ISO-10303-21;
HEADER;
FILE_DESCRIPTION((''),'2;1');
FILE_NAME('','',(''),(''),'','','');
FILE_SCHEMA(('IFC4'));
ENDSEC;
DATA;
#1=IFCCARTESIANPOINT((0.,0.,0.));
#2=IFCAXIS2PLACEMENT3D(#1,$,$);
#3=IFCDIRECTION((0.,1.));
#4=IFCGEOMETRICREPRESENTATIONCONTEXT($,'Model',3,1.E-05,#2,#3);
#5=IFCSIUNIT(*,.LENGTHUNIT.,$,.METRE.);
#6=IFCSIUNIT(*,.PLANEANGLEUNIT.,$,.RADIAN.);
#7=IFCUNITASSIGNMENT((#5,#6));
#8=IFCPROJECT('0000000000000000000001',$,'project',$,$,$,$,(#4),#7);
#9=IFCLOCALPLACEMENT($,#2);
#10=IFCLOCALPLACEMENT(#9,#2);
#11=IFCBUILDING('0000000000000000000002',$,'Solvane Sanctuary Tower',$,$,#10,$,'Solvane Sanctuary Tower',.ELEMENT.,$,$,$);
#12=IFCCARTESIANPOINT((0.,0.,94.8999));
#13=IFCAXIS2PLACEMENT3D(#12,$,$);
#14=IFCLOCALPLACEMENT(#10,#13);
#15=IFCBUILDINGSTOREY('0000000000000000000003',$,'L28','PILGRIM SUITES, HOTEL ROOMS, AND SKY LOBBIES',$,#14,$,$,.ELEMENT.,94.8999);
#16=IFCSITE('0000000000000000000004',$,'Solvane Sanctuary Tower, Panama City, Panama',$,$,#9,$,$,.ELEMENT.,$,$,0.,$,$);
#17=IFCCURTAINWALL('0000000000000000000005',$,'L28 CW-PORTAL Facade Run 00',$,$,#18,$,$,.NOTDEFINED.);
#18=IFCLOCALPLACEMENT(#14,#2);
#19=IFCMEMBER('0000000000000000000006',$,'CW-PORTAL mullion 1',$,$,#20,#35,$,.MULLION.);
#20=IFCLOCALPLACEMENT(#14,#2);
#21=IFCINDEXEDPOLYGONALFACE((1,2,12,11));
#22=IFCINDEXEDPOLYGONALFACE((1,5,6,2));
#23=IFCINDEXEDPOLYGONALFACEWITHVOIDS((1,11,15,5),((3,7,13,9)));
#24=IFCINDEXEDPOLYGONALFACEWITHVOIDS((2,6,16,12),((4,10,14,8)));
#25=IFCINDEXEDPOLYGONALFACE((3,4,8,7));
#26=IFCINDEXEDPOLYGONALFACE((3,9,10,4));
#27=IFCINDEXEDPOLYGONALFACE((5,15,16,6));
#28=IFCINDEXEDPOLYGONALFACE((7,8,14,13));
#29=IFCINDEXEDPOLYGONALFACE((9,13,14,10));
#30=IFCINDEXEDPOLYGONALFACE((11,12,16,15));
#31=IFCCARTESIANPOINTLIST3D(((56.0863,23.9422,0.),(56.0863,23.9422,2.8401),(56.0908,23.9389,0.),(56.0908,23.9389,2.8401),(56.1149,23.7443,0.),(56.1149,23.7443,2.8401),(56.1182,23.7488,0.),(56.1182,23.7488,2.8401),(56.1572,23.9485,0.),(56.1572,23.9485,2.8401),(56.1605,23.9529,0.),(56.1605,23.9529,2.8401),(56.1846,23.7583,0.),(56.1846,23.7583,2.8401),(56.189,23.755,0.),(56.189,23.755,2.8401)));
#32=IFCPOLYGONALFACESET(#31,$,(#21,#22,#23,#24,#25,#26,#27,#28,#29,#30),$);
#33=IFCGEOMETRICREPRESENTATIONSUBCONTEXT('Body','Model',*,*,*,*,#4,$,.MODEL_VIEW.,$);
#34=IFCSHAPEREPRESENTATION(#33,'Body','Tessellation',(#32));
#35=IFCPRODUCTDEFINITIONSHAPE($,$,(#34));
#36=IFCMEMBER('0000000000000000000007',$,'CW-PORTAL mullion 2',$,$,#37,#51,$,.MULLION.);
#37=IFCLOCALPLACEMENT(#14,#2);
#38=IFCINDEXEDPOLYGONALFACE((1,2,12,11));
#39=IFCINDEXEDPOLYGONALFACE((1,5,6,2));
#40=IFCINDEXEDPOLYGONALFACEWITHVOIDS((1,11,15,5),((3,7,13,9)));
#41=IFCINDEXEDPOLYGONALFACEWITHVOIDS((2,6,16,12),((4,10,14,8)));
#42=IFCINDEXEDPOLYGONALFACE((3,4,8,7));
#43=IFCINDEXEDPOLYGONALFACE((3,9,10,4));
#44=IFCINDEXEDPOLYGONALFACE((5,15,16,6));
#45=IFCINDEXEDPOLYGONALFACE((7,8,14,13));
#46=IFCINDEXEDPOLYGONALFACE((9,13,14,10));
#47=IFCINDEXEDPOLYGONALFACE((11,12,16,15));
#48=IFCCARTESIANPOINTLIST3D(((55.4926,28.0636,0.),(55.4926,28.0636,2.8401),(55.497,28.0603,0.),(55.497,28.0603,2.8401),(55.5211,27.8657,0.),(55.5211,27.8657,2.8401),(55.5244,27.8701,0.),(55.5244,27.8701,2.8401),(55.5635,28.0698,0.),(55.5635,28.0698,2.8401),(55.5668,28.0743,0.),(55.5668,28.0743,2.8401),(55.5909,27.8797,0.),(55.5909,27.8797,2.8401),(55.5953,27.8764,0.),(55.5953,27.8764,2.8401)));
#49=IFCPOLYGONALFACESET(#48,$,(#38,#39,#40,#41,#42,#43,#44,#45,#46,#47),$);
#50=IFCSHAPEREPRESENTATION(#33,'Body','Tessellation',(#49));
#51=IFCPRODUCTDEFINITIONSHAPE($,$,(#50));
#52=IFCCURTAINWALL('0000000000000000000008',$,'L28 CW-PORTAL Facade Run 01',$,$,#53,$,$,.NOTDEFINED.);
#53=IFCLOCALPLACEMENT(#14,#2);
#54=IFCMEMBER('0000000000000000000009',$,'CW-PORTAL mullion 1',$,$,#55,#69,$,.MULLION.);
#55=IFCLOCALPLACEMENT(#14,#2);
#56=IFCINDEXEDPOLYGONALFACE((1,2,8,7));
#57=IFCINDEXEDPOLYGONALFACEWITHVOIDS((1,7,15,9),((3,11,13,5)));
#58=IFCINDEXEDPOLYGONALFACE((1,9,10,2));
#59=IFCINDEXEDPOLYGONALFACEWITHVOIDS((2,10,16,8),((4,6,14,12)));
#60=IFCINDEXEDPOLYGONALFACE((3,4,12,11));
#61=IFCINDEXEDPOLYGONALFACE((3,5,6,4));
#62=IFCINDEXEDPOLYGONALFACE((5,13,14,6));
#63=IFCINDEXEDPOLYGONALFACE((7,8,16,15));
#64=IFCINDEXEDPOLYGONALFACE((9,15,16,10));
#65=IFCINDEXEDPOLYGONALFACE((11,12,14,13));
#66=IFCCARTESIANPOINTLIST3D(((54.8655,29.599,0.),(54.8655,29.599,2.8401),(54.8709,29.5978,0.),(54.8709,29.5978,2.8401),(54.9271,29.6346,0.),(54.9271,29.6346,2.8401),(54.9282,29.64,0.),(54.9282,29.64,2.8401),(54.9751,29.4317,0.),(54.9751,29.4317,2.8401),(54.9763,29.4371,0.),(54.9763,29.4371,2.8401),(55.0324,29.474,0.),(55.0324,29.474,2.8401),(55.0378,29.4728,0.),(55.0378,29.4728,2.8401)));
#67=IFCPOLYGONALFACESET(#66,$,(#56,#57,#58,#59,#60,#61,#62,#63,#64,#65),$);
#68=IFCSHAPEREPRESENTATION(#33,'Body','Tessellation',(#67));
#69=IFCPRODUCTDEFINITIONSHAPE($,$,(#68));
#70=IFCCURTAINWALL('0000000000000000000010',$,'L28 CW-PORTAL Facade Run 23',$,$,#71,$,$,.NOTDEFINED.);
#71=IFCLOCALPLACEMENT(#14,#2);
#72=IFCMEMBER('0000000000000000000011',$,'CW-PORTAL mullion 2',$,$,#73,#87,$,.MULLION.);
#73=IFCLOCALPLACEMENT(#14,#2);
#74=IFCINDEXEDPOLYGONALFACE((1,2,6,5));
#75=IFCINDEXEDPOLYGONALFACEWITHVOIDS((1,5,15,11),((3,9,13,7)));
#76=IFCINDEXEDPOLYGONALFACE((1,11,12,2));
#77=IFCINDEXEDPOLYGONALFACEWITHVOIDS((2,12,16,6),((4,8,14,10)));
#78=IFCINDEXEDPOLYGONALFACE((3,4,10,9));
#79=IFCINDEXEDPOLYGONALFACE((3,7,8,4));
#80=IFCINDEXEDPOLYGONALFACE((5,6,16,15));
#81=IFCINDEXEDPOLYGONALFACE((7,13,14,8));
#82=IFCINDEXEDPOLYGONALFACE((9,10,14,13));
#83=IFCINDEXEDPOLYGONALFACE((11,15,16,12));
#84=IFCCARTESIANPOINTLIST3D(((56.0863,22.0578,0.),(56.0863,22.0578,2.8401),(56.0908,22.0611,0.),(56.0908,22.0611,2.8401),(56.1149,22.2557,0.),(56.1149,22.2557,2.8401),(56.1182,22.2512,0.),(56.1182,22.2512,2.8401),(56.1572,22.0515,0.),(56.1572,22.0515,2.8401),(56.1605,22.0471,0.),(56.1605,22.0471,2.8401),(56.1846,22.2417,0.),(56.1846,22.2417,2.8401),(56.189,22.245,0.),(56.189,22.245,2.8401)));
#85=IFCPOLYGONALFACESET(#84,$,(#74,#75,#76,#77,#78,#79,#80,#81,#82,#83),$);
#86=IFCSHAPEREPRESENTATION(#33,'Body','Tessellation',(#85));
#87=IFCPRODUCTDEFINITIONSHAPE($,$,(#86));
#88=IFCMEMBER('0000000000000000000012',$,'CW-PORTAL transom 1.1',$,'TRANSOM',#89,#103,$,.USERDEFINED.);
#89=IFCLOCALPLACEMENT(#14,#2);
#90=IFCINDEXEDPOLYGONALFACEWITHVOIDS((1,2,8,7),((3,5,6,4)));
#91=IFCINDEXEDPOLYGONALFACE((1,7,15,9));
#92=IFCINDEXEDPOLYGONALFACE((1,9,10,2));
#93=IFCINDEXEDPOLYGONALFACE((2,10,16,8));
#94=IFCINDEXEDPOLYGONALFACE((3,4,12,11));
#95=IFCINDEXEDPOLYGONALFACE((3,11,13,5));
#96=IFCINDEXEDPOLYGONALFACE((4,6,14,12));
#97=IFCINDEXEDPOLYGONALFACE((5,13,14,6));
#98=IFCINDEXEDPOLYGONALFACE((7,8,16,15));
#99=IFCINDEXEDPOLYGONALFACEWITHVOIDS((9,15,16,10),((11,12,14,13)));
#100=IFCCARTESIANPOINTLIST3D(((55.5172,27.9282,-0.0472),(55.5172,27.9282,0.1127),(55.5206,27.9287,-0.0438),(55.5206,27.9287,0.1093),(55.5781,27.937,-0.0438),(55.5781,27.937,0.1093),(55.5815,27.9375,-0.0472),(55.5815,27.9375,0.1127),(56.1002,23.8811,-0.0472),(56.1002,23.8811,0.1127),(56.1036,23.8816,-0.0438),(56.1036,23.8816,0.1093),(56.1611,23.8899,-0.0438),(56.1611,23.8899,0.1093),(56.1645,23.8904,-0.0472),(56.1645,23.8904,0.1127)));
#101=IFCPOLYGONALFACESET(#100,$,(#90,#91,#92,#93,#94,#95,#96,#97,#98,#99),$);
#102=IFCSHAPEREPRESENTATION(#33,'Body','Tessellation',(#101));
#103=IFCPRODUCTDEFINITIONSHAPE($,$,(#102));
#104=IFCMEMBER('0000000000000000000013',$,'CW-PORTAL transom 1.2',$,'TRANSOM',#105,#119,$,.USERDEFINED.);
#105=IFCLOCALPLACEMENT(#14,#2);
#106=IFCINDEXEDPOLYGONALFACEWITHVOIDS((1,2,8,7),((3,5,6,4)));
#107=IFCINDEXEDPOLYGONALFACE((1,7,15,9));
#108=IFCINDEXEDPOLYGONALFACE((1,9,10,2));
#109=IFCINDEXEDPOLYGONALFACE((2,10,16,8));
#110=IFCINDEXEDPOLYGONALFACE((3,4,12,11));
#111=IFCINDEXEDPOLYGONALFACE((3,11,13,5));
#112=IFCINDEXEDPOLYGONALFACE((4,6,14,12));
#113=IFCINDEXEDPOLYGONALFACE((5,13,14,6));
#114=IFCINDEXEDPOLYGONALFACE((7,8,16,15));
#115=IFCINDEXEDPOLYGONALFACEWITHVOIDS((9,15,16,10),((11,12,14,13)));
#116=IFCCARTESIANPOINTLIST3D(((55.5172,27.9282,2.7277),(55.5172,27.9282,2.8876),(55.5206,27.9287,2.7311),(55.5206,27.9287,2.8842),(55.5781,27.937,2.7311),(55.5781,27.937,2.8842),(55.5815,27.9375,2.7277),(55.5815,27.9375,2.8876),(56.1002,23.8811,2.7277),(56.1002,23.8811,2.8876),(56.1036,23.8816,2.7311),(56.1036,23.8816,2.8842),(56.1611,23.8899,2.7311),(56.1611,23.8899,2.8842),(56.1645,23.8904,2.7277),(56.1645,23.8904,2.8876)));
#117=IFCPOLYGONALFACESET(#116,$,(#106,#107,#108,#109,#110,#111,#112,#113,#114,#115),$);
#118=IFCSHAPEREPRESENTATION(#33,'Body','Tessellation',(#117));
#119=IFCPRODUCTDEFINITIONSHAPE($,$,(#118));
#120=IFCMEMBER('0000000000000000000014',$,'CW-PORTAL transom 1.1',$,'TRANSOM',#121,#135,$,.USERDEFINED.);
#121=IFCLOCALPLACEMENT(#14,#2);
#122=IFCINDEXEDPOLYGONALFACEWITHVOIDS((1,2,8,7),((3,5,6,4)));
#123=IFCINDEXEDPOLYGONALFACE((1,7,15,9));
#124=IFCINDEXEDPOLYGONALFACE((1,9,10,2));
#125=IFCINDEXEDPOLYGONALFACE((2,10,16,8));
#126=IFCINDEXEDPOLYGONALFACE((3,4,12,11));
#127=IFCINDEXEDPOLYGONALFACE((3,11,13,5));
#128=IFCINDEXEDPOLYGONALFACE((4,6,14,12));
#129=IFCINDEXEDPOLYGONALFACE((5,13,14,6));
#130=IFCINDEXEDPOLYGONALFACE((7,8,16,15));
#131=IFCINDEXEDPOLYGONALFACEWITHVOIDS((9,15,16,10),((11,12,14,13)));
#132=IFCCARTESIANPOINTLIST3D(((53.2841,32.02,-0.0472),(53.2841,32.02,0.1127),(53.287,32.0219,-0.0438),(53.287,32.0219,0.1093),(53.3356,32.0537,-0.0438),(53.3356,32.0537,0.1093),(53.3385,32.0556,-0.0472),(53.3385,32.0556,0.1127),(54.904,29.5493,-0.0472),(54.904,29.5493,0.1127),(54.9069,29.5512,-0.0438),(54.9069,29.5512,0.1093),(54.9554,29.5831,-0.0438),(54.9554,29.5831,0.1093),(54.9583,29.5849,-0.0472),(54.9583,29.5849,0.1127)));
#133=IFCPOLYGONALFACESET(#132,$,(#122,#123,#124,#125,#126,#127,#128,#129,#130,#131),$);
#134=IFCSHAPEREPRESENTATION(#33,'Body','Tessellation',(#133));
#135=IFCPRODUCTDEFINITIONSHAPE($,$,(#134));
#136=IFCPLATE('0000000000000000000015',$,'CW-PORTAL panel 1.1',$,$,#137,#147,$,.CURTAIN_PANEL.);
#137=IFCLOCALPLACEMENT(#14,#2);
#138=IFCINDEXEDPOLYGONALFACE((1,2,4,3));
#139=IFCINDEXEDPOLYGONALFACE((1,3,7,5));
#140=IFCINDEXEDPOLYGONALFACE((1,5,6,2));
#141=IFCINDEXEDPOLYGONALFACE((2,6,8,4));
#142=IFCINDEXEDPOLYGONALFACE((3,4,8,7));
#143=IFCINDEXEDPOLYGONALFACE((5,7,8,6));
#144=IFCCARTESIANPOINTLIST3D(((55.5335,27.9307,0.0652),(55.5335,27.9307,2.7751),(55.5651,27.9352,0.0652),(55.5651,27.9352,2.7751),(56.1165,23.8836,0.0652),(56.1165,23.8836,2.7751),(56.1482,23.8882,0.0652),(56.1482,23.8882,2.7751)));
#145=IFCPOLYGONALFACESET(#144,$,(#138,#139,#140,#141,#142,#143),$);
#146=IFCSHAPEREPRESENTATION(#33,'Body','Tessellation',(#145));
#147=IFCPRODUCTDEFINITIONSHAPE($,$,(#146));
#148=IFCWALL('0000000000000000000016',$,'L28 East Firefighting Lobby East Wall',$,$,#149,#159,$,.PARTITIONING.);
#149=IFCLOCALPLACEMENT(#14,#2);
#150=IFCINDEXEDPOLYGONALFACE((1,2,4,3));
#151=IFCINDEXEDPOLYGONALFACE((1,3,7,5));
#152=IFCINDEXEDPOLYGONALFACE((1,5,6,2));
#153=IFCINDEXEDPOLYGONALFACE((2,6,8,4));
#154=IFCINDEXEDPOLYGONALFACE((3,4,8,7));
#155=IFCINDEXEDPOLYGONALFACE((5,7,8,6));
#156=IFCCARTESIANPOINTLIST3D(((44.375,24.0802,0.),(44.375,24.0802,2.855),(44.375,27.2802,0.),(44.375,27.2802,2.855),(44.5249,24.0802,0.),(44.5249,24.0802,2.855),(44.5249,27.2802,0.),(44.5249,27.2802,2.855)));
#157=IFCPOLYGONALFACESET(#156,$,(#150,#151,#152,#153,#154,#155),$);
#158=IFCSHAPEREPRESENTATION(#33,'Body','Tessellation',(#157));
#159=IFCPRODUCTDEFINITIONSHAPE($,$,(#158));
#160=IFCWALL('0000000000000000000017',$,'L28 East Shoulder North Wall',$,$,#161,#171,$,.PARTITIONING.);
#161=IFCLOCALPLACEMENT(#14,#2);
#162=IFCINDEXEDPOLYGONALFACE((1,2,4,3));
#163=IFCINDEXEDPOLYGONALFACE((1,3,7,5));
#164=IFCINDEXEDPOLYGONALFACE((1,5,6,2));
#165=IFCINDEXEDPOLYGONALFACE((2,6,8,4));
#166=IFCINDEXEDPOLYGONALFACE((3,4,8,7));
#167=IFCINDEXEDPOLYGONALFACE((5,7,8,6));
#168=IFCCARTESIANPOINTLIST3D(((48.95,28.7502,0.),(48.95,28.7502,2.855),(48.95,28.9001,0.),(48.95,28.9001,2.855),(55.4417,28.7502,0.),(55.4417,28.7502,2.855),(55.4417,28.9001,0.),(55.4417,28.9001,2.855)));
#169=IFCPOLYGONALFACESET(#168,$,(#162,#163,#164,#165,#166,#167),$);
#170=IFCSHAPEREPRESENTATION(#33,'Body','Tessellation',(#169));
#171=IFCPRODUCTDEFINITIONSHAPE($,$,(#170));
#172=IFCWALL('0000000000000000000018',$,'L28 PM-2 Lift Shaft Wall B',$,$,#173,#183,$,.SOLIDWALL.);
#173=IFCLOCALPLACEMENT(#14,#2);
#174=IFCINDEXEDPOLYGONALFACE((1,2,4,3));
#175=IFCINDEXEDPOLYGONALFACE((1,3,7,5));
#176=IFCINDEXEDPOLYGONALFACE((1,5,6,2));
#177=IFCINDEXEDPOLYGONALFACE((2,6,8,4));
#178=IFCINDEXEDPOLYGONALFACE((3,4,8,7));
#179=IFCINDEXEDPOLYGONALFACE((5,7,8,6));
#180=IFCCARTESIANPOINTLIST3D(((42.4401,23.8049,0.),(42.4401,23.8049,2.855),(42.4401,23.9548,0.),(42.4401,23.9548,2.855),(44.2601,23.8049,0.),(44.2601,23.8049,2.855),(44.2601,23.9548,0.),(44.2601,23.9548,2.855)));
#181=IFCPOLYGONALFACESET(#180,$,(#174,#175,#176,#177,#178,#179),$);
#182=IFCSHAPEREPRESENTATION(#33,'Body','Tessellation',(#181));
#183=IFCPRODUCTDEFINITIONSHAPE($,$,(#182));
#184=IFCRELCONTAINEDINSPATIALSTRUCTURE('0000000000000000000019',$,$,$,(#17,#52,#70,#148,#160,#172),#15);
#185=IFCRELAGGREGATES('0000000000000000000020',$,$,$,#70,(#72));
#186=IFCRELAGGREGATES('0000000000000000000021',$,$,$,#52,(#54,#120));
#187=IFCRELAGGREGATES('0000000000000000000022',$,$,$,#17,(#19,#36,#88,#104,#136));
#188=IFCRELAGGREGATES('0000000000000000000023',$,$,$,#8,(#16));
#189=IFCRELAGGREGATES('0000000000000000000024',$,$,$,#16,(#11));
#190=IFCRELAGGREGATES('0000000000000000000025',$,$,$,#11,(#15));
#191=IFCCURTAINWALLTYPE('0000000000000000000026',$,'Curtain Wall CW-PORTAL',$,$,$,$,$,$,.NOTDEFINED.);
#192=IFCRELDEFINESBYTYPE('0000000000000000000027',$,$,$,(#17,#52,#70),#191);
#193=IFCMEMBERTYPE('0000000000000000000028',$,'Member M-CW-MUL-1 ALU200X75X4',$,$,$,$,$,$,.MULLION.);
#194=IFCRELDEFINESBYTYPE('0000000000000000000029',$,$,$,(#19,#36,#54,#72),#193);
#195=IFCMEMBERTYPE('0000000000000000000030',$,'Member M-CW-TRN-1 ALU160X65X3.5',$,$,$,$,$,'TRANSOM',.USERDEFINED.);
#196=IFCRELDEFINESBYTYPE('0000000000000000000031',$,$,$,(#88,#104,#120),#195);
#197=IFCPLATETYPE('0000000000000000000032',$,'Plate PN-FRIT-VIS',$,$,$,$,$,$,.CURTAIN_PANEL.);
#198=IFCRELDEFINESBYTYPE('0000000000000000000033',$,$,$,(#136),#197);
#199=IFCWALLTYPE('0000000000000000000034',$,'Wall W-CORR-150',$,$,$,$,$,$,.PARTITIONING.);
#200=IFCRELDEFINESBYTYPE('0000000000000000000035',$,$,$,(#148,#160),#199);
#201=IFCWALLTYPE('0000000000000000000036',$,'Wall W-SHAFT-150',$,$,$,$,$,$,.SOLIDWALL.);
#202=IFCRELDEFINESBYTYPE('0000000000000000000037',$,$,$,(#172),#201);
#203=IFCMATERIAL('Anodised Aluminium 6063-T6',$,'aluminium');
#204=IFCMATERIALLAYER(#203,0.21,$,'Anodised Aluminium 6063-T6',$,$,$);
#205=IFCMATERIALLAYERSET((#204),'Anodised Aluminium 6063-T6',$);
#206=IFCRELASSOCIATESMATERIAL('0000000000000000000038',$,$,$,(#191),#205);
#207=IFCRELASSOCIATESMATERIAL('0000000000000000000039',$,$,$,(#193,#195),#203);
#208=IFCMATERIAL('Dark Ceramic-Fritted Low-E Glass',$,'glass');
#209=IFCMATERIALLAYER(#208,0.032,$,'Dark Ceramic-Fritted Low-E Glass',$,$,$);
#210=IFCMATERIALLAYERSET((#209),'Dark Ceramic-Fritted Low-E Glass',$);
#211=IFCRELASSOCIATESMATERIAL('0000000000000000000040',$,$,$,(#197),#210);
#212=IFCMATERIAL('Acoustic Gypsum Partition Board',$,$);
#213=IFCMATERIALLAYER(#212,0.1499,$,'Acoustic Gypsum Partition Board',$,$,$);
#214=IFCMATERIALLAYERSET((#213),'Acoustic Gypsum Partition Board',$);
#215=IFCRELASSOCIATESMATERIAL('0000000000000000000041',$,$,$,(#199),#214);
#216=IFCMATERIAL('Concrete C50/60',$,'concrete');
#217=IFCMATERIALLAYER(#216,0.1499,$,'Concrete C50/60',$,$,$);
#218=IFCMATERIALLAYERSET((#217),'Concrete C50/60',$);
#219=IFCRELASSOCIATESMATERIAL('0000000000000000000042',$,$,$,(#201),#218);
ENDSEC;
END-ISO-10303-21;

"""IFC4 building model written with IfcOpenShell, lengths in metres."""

from ifc_helpers import new_model, si_unit, direction, frame, frame_2d, origin, origin_2d, place, context, subcontext, project, spatial, rectangle, hollow_rectangle, extrude, material, layer, layer_set, material_profile, profile_set, type_object, element, aggregate, save


model = new_model("IFC4")

# Units and contexts
model_context = context("Model", 3, precision=1e-05, world=origin(), true_north=direction((0.0, 1.0)))
body_context = subcontext(model_context, "Body", "Model", "MODEL_VIEW")
ifc_project = project(units=[si_unit("LENGTHUNIT", "METRE"), si_unit("PLANEANGLEUNIT", "RADIAN")], contexts=[model_context])

# Site, building, storey
site_placement = place(None, origin())
site = spatial("IfcSite", under=ifc_project, at=site_placement, Name="Solvane Sanctuary Tower, Panama City, Panama", CompositionType="ELEMENT", RefElevation=0.0)
building_placement = place(site_placement, origin())
building = spatial("IfcBuilding", under=site, at=building_placement, Name="Solvane Sanctuary Tower", LongName="Solvane Sanctuary Tower", CompositionType="ELEMENT")
storey_placement = place(building_placement, frame((0.0, 0.0, 94.8999)))
storey = spatial("IfcBuildingStorey", under=building, at=storey_placement, Name="L28", Description="PILGRIM SUITES, HOTEL ROOMS, AND SKY LOBBIES", CompositionType="ELEMENT", Elevation=94.8999)

# Curtain wall, members
ifc_material_1 = material(Name="Anodised Aluminium 6063-T6", Category="aluminium")
ifc_layer_1 = layer(ifc_material_1, 0.21, Name="Anodised Aluminium 6063-T6")
ifc_layer_set_1 = layer_set([ifc_layer_1], Name="Anodised Aluminium 6063-T6")
curtain_wall_type = type_object("IfcCurtainWallType", Name="Curtain Wall CW-PORTAL", PredefinedType="NOTDEFINED", material=ifc_layer_set_1)
curtain_wall_1_placement = place(storey_placement, origin())
curtain_wall_1 = element("IfcCurtainWall", 1, at=curtain_wall_1_placement, inside=storey, type_object=curtain_wall_type, Name="L28 CW-PORTAL Facade Run 00", PredefinedType="NOTDEFINED")
ifc_material_profile_1 = material_profile(ifc_material_1, hollow_rectangle(XDim=0.075, YDim=0.2, WallThickness=0.0039, at=origin_2d()), Name="ALU200X75X4")
ifc_profile_set_1 = profile_set([ifc_material_profile_1], Name="Anodised Aluminium 6063-T6")
member_type_1 = type_object("IfcMemberType", Name="Member M-CW-MUL-1 ALU200X75X4", PredefinedType="MULLION", material=ifc_profile_set_1)
member_1_placement = place(storey_placement, frame((56.1377, 23.8486, 0.0), z_axis=(0.0, 0.0, 1.0), x_axis=(-0.989782, -0.142587, 0.0)))
member_1 = element("IfcMember", 2, at=member_1_placement, type_object=member_type_1, Name="CW-PORTAL mullion 1", PredefinedType="MULLION", context=body_context, shape_type="SweptSolid", body=[
    extrude(hollow_rectangle(XDim=0.075, YDim=0.2, WallThickness=0.0039, at=origin_2d()), origin(), (0.0, 0.0, 1.0), 2.8401),
])
member_2_placement = place(storey_placement, frame((55.5439, 27.97, 0.0), z_axis=(0.0, 0.0, 1.0), x_axis=(-0.989782, -0.142587, 0.0)))
member_2 = element("IfcMember", 3, at=member_2_placement, type_object=member_type_1, Name="CW-PORTAL mullion 2", PredefinedType="MULLION", context=body_context, shape_type="SweptSolid", body=[
    extrude(hollow_rectangle(XDim=0.075, YDim=0.2, WallThickness=0.0039, at=origin_2d()), origin(), (0.0, 0.0, 1.0), 2.8401),
])

# Curtain walls, members
curtain_wall_2_placement = place(storey_placement, origin())
curtain_wall_2 = element("IfcCurtainWall", 4, at=curtain_wall_2_placement, inside=storey, type_object=curtain_wall_type, Name="L28 CW-PORTAL Facade Run 01", PredefinedType="NOTDEFINED")
member_3_placement = place(storey_placement, frame((54.9517, 29.5359, 0.0), z_axis=(0.0, 0.0, 1.0), x_axis=(-0.836298, -0.548276, 0.0)))
member_3 = element("IfcMember", 5, at=member_3_placement, type_object=member_type_1, Name="CW-PORTAL mullion 1", PredefinedType="MULLION", context=body_context, shape_type="SweptSolid", body=[
    extrude(hollow_rectangle(XDim=0.075, YDim=0.2, WallThickness=0.0039, at=origin_2d()), origin(), (0.0, 0.0, 1.0), 2.8401),
])
curtain_wall_3_placement = place(storey_placement, origin())
curtain_wall_3 = element("IfcCurtainWall", 6, at=curtain_wall_3_placement, inside=storey, type_object=curtain_wall_type, Name="L28 CW-PORTAL Facade Run 23", PredefinedType="NOTDEFINED")
member_4_placement = place(storey_placement, frame((56.1377, 22.1514, 0.0), z_axis=(0.0, 0.0, 1.0), x_axis=(-0.989782, 0.142587, 0.0)))
member_4 = element("IfcMember", 7, at=member_4_placement, type_object=member_type_1, Name="CW-PORTAL mullion 2", PredefinedType="MULLION", context=body_context, shape_type="SweptSolid", body=[
    extrude(hollow_rectangle(XDim=0.075, YDim=0.2, WallThickness=0.0039, at=origin_2d()), origin(), (0.0, 0.0, 1.0), 2.8401),
])
aggregate(curtain_wall_3, [member_4])

# Members
ifc_material_profile_2 = material_profile(ifc_material_1, hollow_rectangle(XDim=0.0649, YDim=0.1599, WallThickness=0.0034, at=origin_2d()), Name="ALU160X65X3.5")
ifc_profile_set_2 = profile_set([ifc_material_profile_2], Name="Anodised Aluminium 6063-T6")
member_type_2 = type_object("IfcMemberType", Name="Member M-CW-TRN-1 ALU160X65X3.5", ElementType="TRANSOM", PredefinedType="USERDEFINED", material=ifc_profile_set_2)
member_5_placement = place(storey_placement, frame((56.1323, 23.8857, 0.0327), z_axis=(-0.142583, 0.989783, 0.0), x_axis=(-0.989783, -0.142583, 0.0)))
member_5 = element("IfcMember", 8, at=member_5_placement, type_object=member_type_2, Name="CW-PORTAL transom 1.1", ObjectType="TRANSOM", PredefinedType="USERDEFINED", context=body_context, shape_type="SweptSolid", body=[
    extrude(hollow_rectangle(XDim=0.0649, YDim=0.1599, WallThickness=0.0034, at=origin_2d()), origin(), (0.0, 0.0, 1.0), 4.0889),
])
member_6_placement = place(storey_placement, frame((56.1323, 23.8857, 2.8076), z_axis=(-0.142583, 0.989783, 0.0), x_axis=(-0.989783, -0.142583, 0.0)))
member_6 = element("IfcMember", 9, at=member_6_placement, type_object=member_type_2, Name="CW-PORTAL transom 1.2", ObjectType="TRANSOM", PredefinedType="USERDEFINED", context=body_context, shape_type="SweptSolid", body=[
    extrude(hollow_rectangle(XDim=0.0649, YDim=0.1599, WallThickness=0.0034, at=origin_2d()), origin(), (0.0, 0.0, 1.0), 4.0889),
])
member_7_placement = place(storey_placement, frame((54.9312, 29.5671, 0.0327), z_axis=(-0.548295, 0.836285, 0.0), x_axis=(-0.836285, -0.548295, 0.0)))
member_7 = element("IfcMember", 10, at=member_7_placement, type_object=member_type_2, Name="CW-PORTAL transom 1.1", ObjectType="TRANSOM", PredefinedType="USERDEFINED", context=body_context, shape_type="SweptSolid", body=[
    extrude(hollow_rectangle(XDim=0.0649, YDim=0.1599, WallThickness=0.0034, at=origin_2d()), origin(), (0.0, 0.0, 1.0), 2.9543),
])
aggregate(curtain_wall_2, [member_3, member_7])

# Plate
ifc_material_2 = material(Name="Dark Ceramic-Fritted Low-E Glass", Category="glass")
ifc_layer_2 = layer(ifc_material_2, 0.032, Name="Dark Ceramic-Fritted Low-E Glass")
ifc_layer_set_2 = layer_set([ifc_layer_2], Name="Dark Ceramic-Fritted Low-E Glass")
plate_type = type_object("IfcPlateType", Name="Plate PN-FRIT-VIS", PredefinedType="CURTAIN_PANEL", material=ifc_layer_set_2)
plate_placement = place(storey_placement, frame((55.8408, 25.9094, 0.0652), z_axis=(0.0, 0.0, 1.0), x_axis=(-0.142587, 0.989782, 0.0)))
plate = element("IfcPlate", 11, at=plate_placement, type_object=plate_type, Name="CW-PORTAL panel 1.1", PredefinedType="CURTAIN_PANEL", context=body_context, shape_type="SweptSolid", body=[
    extrude(rectangle(XDim=4.0889, YDim=0.032, at=origin_2d()), origin(), (0.0, 0.0, 1.0), 2.71),
])
aggregate(curtain_wall_1, [member_1, member_2, member_5, member_6, plate])

# Walls
ifc_material_3 = material(Name="Acoustic Gypsum Partition Board")
ifc_layer_3 = layer(ifc_material_3, 0.1499, Name="Acoustic Gypsum Partition Board")
ifc_layer_set_3 = layer_set([ifc_layer_3], Name="Acoustic Gypsum Partition Board")
wall_type_1 = type_object("IfcWallType", Name="Wall W-CORR-150", PredefinedType="PARTITIONING", material=ifc_layer_set_3)
wall_1_placement = place(storey_placement, frame((44.45, 24.0801, 0.0), z_axis=(0.0, 0.0, 1.0), x_axis=(0.0, 1.0, 0.0)))
element("IfcWall", 12, at=wall_1_placement, inside=storey, type_object=wall_type_1, Name="L28 East Firefighting Lobby East Wall", PredefinedType="PARTITIONING", context=body_context, shape_type="SweptSolid", body=[
    extrude(rectangle(XDim=3.2, YDim=0.1499, at=frame_2d((1.6001, 0.0))), origin(), (0.0, 0.0, 1.0), 2.855),
])
wall_2_placement = place(storey_placement, frame((48.95, 28.8252, 0.0), z_axis=(0.0, 0.0, 1.0), x_axis=(1.0, 0.0, 0.0)))
element("IfcWall", 13, at=wall_2_placement, inside=storey, type_object=wall_type_1, Name="L28 East Shoulder North Wall", PredefinedType="PARTITIONING", context=body_context, shape_type="SweptSolid", body=[
    extrude(rectangle(XDim=6.4917, YDim=0.1499, at=frame_2d((3.2458, 0.0))), origin(), (0.0, 0.0, 1.0), 2.855),
])
ifc_material_4 = material(Name="Concrete C50/60", Category="concrete")
ifc_layer_4 = layer(ifc_material_4, 0.1499, Name="Concrete C50/60")
ifc_layer_set_4 = layer_set([ifc_layer_4], Name="Concrete C50/60")
wall_type_2 = type_object("IfcWallType", Name="Wall W-SHAFT-150", PredefinedType="SOLIDWALL", material=ifc_layer_set_4)
wall_3_placement = place(storey_placement, frame((42.4399, 23.8799, 0.0), z_axis=(0.0, 0.0, 1.0), x_axis=(1.0, 0.0, 0.0)))
element("IfcWall", 14, at=wall_3_placement, inside=storey, type_object=wall_type_2, Name="L28 PM-2 Lift Shaft Wall B", PredefinedType="SOLIDWALL", context=body_context, shape_type="SweptSolid", body=[
    extrude(rectangle(XDim=1.8201, YDim=0.1499, at=frame_2d((0.9102, 0.0))), origin(), (0.0, 0.0, 1.0), 2.855),
])

save(model, "model.ifc")
